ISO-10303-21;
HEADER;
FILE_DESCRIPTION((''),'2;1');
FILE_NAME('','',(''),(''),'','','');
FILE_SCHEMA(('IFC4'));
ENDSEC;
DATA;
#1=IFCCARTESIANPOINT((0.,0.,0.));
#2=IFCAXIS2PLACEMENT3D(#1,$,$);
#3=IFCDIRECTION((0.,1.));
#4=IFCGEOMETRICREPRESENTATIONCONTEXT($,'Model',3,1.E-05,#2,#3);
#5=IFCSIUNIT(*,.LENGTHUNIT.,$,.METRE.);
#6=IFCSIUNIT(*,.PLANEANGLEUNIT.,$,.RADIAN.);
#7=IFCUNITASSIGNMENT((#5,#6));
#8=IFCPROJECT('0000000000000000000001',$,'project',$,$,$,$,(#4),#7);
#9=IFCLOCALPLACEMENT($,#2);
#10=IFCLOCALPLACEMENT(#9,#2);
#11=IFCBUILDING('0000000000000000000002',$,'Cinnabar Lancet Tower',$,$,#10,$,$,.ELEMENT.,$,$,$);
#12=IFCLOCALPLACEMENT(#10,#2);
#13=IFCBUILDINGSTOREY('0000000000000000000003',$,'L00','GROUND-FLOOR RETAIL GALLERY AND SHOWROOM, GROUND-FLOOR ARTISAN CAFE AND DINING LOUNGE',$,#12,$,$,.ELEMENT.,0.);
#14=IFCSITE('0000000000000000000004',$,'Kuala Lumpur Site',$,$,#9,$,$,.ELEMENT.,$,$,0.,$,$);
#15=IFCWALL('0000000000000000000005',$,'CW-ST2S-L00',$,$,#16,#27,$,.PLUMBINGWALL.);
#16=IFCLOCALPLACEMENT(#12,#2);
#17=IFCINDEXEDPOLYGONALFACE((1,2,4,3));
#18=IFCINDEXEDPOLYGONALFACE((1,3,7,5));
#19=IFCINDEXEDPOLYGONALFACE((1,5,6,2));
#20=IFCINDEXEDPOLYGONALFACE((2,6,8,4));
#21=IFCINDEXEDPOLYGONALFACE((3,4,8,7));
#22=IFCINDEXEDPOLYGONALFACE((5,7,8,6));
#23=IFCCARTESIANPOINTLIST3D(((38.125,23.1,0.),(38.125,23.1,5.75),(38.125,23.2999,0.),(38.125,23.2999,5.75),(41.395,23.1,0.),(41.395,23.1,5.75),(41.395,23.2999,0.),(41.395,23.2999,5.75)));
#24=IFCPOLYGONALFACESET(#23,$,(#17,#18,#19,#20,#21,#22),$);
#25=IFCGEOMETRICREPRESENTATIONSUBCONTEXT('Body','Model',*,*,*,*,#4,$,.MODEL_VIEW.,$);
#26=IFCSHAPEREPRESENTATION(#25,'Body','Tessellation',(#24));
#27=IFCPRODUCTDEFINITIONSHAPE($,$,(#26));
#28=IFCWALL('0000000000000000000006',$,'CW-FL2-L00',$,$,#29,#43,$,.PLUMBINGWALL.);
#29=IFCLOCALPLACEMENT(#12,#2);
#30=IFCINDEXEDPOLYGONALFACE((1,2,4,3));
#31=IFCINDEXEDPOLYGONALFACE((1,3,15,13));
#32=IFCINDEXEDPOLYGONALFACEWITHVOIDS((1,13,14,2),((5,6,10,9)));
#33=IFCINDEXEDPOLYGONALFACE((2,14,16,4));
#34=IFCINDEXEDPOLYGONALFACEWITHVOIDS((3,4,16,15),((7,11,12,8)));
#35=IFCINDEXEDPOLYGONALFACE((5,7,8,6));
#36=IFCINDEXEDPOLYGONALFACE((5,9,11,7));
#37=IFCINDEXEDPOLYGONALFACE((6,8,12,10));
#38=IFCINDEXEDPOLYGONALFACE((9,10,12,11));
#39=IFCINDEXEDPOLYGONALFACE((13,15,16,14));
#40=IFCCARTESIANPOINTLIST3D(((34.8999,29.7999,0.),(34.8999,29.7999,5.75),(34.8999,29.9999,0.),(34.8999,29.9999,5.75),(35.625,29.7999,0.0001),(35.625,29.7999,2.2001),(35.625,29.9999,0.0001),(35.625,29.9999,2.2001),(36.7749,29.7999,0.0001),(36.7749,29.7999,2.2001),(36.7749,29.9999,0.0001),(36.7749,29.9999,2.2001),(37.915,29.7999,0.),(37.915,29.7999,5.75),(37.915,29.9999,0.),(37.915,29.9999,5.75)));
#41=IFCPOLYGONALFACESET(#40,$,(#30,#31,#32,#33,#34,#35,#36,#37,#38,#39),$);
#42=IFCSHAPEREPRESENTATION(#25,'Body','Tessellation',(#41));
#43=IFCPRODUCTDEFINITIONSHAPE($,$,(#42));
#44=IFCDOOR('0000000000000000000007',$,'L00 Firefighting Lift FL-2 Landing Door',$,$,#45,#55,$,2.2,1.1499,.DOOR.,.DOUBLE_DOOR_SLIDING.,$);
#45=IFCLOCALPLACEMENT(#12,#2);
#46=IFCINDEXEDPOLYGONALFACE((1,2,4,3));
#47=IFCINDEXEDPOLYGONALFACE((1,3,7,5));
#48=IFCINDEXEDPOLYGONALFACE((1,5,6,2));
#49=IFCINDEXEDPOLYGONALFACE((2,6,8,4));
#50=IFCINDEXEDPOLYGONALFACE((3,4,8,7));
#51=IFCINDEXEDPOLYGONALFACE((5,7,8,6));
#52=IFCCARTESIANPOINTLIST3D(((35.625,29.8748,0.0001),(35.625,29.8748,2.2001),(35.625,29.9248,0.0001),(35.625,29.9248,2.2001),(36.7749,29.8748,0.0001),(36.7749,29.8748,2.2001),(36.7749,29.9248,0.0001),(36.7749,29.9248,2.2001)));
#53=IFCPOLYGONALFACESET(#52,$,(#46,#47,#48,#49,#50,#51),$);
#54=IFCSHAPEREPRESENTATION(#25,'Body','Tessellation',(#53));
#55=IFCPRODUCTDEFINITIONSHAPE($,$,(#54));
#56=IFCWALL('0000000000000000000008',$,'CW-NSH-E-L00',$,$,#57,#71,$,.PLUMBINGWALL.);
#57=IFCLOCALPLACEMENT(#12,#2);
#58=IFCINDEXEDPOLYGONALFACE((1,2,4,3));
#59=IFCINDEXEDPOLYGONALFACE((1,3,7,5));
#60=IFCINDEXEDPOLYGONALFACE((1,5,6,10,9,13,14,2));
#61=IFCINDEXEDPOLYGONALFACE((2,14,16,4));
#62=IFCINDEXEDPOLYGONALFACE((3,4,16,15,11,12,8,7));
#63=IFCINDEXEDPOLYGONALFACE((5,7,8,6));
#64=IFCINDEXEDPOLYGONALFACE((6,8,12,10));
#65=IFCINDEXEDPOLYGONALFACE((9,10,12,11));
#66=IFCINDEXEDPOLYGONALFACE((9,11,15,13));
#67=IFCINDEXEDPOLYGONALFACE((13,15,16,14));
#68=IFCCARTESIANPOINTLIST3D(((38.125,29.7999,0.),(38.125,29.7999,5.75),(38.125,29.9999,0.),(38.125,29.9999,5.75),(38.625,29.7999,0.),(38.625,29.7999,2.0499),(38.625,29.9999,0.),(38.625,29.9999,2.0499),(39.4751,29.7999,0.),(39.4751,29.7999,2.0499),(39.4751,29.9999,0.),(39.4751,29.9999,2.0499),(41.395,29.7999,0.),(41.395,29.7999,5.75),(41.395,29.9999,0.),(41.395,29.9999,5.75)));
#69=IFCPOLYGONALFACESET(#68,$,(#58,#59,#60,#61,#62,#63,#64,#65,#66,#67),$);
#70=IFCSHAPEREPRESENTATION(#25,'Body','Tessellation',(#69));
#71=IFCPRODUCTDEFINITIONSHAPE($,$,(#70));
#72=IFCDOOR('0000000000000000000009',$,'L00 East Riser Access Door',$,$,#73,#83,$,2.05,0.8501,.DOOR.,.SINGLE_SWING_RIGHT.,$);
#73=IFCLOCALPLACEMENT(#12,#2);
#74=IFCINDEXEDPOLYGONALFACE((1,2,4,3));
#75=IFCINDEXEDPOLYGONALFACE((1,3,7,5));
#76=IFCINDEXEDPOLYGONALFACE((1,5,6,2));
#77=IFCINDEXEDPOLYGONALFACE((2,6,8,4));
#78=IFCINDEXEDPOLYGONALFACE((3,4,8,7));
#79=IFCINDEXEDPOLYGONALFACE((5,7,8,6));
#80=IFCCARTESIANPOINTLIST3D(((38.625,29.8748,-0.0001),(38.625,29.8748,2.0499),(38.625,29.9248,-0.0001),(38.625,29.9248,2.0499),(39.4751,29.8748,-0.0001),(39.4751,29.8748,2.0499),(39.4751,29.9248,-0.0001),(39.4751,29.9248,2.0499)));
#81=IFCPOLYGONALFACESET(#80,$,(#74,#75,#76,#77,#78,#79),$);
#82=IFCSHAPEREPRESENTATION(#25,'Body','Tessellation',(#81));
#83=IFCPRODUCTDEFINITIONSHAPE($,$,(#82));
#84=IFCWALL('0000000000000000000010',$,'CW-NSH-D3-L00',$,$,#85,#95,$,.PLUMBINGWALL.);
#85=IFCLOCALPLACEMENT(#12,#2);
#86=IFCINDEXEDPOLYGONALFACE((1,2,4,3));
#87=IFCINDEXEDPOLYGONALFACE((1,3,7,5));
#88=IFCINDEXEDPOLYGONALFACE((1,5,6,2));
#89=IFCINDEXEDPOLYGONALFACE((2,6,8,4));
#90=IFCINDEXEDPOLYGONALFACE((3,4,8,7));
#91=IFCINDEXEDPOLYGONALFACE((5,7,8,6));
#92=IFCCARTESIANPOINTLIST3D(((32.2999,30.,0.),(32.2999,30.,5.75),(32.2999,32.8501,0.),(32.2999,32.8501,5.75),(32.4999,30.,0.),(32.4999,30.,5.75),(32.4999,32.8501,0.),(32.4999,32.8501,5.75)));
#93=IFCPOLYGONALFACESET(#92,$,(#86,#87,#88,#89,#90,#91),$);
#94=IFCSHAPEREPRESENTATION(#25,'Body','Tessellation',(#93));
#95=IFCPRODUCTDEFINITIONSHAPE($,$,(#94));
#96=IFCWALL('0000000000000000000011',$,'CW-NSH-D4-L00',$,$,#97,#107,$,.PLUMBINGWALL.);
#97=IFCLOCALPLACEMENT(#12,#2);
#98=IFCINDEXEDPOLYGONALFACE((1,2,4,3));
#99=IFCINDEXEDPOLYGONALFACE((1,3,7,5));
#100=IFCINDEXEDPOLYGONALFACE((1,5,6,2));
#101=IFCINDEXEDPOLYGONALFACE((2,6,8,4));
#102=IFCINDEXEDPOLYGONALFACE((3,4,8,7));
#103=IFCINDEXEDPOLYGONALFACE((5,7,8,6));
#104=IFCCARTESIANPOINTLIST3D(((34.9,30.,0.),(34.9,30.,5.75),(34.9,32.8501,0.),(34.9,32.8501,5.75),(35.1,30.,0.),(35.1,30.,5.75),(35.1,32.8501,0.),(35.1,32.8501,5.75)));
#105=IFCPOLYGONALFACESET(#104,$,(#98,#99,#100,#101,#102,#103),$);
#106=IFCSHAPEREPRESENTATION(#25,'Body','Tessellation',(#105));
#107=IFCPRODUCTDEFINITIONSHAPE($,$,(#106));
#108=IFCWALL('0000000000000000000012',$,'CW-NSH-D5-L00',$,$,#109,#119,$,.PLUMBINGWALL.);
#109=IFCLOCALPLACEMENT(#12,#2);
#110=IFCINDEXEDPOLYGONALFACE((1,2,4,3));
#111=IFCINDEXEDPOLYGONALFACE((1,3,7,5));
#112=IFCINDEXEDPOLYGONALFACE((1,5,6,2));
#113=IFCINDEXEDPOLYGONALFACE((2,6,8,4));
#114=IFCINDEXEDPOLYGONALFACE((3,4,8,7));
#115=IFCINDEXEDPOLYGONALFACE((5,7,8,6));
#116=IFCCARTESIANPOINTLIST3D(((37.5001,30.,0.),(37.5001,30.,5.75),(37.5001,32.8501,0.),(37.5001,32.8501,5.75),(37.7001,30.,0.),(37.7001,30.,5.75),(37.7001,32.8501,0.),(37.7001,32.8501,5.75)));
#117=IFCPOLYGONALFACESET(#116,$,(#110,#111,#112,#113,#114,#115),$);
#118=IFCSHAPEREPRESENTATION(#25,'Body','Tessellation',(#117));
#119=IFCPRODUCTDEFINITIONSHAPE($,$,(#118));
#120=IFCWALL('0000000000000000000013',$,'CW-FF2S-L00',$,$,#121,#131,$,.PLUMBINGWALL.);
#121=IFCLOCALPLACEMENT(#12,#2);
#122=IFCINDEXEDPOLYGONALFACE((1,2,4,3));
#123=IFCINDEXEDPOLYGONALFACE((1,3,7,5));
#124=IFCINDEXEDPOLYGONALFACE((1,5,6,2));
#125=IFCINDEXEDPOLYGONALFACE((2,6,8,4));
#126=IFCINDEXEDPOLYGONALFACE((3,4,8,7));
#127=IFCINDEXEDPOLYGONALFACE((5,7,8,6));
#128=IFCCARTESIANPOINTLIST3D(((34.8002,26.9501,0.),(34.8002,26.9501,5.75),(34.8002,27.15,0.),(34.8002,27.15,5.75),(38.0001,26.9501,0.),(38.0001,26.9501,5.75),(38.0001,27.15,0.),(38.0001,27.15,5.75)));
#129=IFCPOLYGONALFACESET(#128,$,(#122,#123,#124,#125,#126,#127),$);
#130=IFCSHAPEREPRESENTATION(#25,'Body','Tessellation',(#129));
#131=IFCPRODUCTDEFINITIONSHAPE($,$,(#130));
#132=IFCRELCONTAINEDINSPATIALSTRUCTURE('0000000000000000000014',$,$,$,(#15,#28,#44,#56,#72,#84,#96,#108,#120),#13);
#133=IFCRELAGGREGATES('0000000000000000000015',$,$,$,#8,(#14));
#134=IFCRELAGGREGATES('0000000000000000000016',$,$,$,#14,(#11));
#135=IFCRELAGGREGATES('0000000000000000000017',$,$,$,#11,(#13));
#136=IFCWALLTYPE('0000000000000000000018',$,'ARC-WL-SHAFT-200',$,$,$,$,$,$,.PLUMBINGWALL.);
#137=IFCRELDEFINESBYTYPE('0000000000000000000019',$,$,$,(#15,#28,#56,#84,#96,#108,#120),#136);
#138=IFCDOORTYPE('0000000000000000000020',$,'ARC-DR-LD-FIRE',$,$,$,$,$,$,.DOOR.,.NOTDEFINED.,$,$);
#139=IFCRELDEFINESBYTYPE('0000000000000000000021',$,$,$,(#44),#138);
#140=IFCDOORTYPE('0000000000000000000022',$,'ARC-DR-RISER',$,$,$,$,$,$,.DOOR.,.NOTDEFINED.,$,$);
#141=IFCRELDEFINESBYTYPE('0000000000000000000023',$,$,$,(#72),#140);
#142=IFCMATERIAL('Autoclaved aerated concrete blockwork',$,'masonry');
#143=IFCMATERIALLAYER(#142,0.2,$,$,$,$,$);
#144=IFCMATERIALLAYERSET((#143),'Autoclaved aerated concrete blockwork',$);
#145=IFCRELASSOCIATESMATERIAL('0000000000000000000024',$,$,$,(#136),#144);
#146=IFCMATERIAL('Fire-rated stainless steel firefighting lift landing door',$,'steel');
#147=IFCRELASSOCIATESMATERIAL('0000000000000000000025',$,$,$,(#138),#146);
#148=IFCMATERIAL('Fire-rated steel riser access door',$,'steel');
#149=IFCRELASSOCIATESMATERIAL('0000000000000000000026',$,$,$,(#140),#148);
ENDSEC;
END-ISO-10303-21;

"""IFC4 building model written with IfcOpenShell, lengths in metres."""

from ifc_helpers import new_model, si_unit, direction, frame, frame_2d, origin, place, context, subcontext, project, spatial, rectangle, extrude, material, layer, layer_set, type_object, element, fill, save


model = new_model("IFC4")

# Units and contexts
model_context = context("Model", 3, precision=1e-05, world=origin(), true_north=direction((0.0, 1.0)))
body_context = subcontext(model_context, "Body", "Model", "MODEL_VIEW")
ifc_project = project(units=[si_unit("LENGTHUNIT", "METRE"), si_unit("PLANEANGLEUNIT", "RADIAN")], contexts=[model_context])

# Site, building, storey
site_placement = place(None, origin())
site = spatial("IfcSite", under=ifc_project, at=site_placement, Name="Kuala Lumpur Site", CompositionType="ELEMENT", RefElevation=0.0)
building_placement = place(site_placement, origin())
building = spatial("IfcBuilding", under=site, at=building_placement, Name="Cinnabar Lancet Tower", CompositionType="ELEMENT")
storey_placement = place(building_placement, origin())
storey = spatial("IfcBuildingStorey", under=building, at=storey_placement, Name="L00", Description="GROUND-FLOOR RETAIL GALLERY AND SHOWROOM, GROUND-FLOOR ARTISAN CAFE AND DINING LOUNGE", CompositionType="ELEMENT", Elevation=0.0)

# Wall
ifc_material_1 = material(Name="Autoclaved aerated concrete blockwork", Category="masonry")
ifc_layer_1 = layer(ifc_material_1, 0.2)
ifc_layer_set_1 = layer_set([ifc_layer_1], Name="Autoclaved aerated concrete blockwork")
wall_type_1 = type_object("IfcWallType", Name="ARC-WL-SHAFT-200", PredefinedType="PLUMBINGWALL", material=ifc_layer_set_1)
wall_1_placement = place(storey_placement, frame((38.125, 23.2, 0.0), z_axis=(0.0, 0.0, 1.0), x_axis=(1.0, 0.0, 0.0)))
element("IfcWall", 1, at=wall_1_placement, inside=storey, type_object=wall_type_1, Name="CW-ST2S-L00", PredefinedType="PLUMBINGWALL", context=body_context, shape_type="SweptSolid", body=[
    extrude(rectangle(XDim=3.27, YDim=0.2, at=frame_2d((1.635, 0.0))), origin(), (0.0, 0.0, 1.0), 5.75),
])

# Walls, openings, doors
wall_2_placement = place(storey_placement, frame((34.8999, 29.8999, 0.0), z_axis=(0.0, 0.0, 1.0), x_axis=(1.0, 0.0, 0.0)))
wall_2 = element("IfcWall", 2, at=wall_2_placement, inside=storey, type_object=wall_type_1, Name="CW-FL2-L00", PredefinedType="PLUMBINGWALL", context=body_context, shape_type="SweptSolid", body=[
    extrude(rectangle(XDim=3.0151, YDim=0.2, at=frame_2d((1.5076, 0.0))), origin(), (0.0, 0.0, 1.0), 5.75),
])
opening_1_placement = place(wall_2_placement, frame((0.7251, 0.0, 0.0)))
opening_1 = element("IfcOpeningElement", 3, at=opening_1_placement, cuts=wall_2, PredefinedType="OPENING", context=body_context, shape_type="SweptSolid", body=[
    extrude(rectangle(XDim=1.1499, YDim=2.2, at=frame_2d((0.575, 1.1001))), frame((0.0, 0.1099, 0.0), z_axis=(0.0, -1.0, 0.0), x_axis=(1.0, 0.0, 0.0)), (0.0, 0.0, 1.0), 0.22),
])
ifc_material_2 = material(Name="Fire-rated stainless steel firefighting lift landing door", Category="steel")
door_type_1 = type_object("IfcDoorType", Name="ARC-DR-LD-FIRE", OperationType="NOTDEFINED", PredefinedType="DOOR", material=ifc_material_2)
door_1_placement = place(opening_1_placement, origin())
door_1 = element("IfcDoor", 4, at=door_1_placement, inside=storey, type_object=door_type_1, Name="L00 Firefighting Lift FL-2 Landing Door", OperationType="DOUBLE_DOOR_SLIDING", OverallHeight=2.2, OverallWidth=1.1499, PredefinedType="DOOR", context=body_context, shape_type="SweptSolid", body=[
    extrude(rectangle(XDim=1.1499, YDim=2.2, at=frame_2d((0.575, 1.1001))), frame((0.0, 0.0249, 0.0), z_axis=(0.0, -1.0, 0.0), x_axis=(1.0, 0.0, 0.0)), (0.0, 0.0, 1.0), 0.05),
])
fill(opening_1, door_1)
wall_3_placement = place(storey_placement, frame((38.125, 29.8999, 0.0), z_axis=(0.0, 0.0, 1.0), x_axis=(1.0, 0.0, 0.0)))
wall_3 = element("IfcWall", 5, at=wall_3_placement, inside=storey, type_object=wall_type_1, Name="CW-NSH-E-L00", PredefinedType="PLUMBINGWALL", context=body_context, shape_type="SweptSolid", body=[
    extrude(rectangle(XDim=3.27, YDim=0.2, at=frame_2d((1.635, 0.0))), origin(), (0.0, 0.0, 1.0), 5.75),
])
opening_2_placement = place(wall_3_placement, frame((0.5, 0.0, 0.0)))
opening_2 = element("IfcOpeningElement", 6, at=opening_2_placement, cuts=wall_3, PredefinedType="OPENING", context=body_context, shape_type="SweptSolid", body=[
    extrude(rectangle(XDim=0.8501, YDim=2.05, at=frame_2d((0.425, 1.0249))), frame((0.0, 0.1099, 0.0), z_axis=(0.0, -1.0, 0.0), x_axis=(1.0, 0.0, 0.0)), (0.0, 0.0, 1.0), 0.22),
])
ifc_material_3 = material(Name="Fire-rated steel riser access door", Category="steel")
door_type_2 = type_object("IfcDoorType", Name="ARC-DR-RISER", OperationType="NOTDEFINED", PredefinedType="DOOR", material=ifc_material_3)
door_2_placement = place(opening_2_placement, origin())
door_2 = element("IfcDoor", 7, at=door_2_placement, inside=storey, type_object=door_type_2, Name="L00 East Riser Access Door", OperationType="SINGLE_SWING_RIGHT", OverallHeight=2.05, OverallWidth=0.8501, PredefinedType="DOOR", context=body_context, shape_type="SweptSolid", body=[
    extrude(rectangle(XDim=0.8501, YDim=2.05, at=frame_2d((0.425, 1.0249))), frame((0.0, 0.0249, 0.0), z_axis=(0.0, -1.0, 0.0), x_axis=(1.0, 0.0, 0.0)), (0.0, 0.0, 1.0), 0.05),
])
fill(opening_2, door_2)

# Walls
for number, where, z_axis, x_axis, name in (
    (8, (32.3999, 30.0, 0.0), (0.0, 0.0, 1.0), (0.0, 1.0, 0.0), "CW-NSH-D3-L00"),
    (9, (35.0, 30.0, 0.0), (0.0, 0.0, 1.0), (0.0, 1.0, 0.0), "CW-NSH-D4-L00"),
    (10, (37.6001, 30.0, 0.0), (0.0, 0.0, 1.0), (0.0, 1.0, 0.0), "CW-NSH-D5-L00"),
):
    element("IfcWall", number, at=place(storey_placement, frame(where, z_axis=z_axis, x_axis=x_axis)), inside=storey, type_object=wall_type_1, Name=name, PredefinedType="PLUMBINGWALL", context=body_context, shape_type="SweptSolid", body=[
        extrude(rectangle(XDim=2.8501, YDim=0.2, at=frame_2d((1.425, 0.0))), origin(), (0.0, 0.0, 1.0), 5.75),
    ])

# Wall
wall_4_placement = place(storey_placement, frame((34.8, 27.05, 0.0), z_axis=(0.0, 0.0, 1.0), x_axis=(1.0, 0.0, 0.0)))
element("IfcWall", 11, at=wall_4_placement, inside=storey, type_object=wall_type_1, Name="CW-FF2S-L00", PredefinedType="PLUMBINGWALL", context=body_context, shape_type="SweptSolid", body=[
    extrude(rectangle(XDim=3.2, YDim=0.2, at=frame_2d((1.6001, 0.0))), origin(), (0.0, 0.0, 1.0), 5.75),
])

save(model, "model.ifc")
